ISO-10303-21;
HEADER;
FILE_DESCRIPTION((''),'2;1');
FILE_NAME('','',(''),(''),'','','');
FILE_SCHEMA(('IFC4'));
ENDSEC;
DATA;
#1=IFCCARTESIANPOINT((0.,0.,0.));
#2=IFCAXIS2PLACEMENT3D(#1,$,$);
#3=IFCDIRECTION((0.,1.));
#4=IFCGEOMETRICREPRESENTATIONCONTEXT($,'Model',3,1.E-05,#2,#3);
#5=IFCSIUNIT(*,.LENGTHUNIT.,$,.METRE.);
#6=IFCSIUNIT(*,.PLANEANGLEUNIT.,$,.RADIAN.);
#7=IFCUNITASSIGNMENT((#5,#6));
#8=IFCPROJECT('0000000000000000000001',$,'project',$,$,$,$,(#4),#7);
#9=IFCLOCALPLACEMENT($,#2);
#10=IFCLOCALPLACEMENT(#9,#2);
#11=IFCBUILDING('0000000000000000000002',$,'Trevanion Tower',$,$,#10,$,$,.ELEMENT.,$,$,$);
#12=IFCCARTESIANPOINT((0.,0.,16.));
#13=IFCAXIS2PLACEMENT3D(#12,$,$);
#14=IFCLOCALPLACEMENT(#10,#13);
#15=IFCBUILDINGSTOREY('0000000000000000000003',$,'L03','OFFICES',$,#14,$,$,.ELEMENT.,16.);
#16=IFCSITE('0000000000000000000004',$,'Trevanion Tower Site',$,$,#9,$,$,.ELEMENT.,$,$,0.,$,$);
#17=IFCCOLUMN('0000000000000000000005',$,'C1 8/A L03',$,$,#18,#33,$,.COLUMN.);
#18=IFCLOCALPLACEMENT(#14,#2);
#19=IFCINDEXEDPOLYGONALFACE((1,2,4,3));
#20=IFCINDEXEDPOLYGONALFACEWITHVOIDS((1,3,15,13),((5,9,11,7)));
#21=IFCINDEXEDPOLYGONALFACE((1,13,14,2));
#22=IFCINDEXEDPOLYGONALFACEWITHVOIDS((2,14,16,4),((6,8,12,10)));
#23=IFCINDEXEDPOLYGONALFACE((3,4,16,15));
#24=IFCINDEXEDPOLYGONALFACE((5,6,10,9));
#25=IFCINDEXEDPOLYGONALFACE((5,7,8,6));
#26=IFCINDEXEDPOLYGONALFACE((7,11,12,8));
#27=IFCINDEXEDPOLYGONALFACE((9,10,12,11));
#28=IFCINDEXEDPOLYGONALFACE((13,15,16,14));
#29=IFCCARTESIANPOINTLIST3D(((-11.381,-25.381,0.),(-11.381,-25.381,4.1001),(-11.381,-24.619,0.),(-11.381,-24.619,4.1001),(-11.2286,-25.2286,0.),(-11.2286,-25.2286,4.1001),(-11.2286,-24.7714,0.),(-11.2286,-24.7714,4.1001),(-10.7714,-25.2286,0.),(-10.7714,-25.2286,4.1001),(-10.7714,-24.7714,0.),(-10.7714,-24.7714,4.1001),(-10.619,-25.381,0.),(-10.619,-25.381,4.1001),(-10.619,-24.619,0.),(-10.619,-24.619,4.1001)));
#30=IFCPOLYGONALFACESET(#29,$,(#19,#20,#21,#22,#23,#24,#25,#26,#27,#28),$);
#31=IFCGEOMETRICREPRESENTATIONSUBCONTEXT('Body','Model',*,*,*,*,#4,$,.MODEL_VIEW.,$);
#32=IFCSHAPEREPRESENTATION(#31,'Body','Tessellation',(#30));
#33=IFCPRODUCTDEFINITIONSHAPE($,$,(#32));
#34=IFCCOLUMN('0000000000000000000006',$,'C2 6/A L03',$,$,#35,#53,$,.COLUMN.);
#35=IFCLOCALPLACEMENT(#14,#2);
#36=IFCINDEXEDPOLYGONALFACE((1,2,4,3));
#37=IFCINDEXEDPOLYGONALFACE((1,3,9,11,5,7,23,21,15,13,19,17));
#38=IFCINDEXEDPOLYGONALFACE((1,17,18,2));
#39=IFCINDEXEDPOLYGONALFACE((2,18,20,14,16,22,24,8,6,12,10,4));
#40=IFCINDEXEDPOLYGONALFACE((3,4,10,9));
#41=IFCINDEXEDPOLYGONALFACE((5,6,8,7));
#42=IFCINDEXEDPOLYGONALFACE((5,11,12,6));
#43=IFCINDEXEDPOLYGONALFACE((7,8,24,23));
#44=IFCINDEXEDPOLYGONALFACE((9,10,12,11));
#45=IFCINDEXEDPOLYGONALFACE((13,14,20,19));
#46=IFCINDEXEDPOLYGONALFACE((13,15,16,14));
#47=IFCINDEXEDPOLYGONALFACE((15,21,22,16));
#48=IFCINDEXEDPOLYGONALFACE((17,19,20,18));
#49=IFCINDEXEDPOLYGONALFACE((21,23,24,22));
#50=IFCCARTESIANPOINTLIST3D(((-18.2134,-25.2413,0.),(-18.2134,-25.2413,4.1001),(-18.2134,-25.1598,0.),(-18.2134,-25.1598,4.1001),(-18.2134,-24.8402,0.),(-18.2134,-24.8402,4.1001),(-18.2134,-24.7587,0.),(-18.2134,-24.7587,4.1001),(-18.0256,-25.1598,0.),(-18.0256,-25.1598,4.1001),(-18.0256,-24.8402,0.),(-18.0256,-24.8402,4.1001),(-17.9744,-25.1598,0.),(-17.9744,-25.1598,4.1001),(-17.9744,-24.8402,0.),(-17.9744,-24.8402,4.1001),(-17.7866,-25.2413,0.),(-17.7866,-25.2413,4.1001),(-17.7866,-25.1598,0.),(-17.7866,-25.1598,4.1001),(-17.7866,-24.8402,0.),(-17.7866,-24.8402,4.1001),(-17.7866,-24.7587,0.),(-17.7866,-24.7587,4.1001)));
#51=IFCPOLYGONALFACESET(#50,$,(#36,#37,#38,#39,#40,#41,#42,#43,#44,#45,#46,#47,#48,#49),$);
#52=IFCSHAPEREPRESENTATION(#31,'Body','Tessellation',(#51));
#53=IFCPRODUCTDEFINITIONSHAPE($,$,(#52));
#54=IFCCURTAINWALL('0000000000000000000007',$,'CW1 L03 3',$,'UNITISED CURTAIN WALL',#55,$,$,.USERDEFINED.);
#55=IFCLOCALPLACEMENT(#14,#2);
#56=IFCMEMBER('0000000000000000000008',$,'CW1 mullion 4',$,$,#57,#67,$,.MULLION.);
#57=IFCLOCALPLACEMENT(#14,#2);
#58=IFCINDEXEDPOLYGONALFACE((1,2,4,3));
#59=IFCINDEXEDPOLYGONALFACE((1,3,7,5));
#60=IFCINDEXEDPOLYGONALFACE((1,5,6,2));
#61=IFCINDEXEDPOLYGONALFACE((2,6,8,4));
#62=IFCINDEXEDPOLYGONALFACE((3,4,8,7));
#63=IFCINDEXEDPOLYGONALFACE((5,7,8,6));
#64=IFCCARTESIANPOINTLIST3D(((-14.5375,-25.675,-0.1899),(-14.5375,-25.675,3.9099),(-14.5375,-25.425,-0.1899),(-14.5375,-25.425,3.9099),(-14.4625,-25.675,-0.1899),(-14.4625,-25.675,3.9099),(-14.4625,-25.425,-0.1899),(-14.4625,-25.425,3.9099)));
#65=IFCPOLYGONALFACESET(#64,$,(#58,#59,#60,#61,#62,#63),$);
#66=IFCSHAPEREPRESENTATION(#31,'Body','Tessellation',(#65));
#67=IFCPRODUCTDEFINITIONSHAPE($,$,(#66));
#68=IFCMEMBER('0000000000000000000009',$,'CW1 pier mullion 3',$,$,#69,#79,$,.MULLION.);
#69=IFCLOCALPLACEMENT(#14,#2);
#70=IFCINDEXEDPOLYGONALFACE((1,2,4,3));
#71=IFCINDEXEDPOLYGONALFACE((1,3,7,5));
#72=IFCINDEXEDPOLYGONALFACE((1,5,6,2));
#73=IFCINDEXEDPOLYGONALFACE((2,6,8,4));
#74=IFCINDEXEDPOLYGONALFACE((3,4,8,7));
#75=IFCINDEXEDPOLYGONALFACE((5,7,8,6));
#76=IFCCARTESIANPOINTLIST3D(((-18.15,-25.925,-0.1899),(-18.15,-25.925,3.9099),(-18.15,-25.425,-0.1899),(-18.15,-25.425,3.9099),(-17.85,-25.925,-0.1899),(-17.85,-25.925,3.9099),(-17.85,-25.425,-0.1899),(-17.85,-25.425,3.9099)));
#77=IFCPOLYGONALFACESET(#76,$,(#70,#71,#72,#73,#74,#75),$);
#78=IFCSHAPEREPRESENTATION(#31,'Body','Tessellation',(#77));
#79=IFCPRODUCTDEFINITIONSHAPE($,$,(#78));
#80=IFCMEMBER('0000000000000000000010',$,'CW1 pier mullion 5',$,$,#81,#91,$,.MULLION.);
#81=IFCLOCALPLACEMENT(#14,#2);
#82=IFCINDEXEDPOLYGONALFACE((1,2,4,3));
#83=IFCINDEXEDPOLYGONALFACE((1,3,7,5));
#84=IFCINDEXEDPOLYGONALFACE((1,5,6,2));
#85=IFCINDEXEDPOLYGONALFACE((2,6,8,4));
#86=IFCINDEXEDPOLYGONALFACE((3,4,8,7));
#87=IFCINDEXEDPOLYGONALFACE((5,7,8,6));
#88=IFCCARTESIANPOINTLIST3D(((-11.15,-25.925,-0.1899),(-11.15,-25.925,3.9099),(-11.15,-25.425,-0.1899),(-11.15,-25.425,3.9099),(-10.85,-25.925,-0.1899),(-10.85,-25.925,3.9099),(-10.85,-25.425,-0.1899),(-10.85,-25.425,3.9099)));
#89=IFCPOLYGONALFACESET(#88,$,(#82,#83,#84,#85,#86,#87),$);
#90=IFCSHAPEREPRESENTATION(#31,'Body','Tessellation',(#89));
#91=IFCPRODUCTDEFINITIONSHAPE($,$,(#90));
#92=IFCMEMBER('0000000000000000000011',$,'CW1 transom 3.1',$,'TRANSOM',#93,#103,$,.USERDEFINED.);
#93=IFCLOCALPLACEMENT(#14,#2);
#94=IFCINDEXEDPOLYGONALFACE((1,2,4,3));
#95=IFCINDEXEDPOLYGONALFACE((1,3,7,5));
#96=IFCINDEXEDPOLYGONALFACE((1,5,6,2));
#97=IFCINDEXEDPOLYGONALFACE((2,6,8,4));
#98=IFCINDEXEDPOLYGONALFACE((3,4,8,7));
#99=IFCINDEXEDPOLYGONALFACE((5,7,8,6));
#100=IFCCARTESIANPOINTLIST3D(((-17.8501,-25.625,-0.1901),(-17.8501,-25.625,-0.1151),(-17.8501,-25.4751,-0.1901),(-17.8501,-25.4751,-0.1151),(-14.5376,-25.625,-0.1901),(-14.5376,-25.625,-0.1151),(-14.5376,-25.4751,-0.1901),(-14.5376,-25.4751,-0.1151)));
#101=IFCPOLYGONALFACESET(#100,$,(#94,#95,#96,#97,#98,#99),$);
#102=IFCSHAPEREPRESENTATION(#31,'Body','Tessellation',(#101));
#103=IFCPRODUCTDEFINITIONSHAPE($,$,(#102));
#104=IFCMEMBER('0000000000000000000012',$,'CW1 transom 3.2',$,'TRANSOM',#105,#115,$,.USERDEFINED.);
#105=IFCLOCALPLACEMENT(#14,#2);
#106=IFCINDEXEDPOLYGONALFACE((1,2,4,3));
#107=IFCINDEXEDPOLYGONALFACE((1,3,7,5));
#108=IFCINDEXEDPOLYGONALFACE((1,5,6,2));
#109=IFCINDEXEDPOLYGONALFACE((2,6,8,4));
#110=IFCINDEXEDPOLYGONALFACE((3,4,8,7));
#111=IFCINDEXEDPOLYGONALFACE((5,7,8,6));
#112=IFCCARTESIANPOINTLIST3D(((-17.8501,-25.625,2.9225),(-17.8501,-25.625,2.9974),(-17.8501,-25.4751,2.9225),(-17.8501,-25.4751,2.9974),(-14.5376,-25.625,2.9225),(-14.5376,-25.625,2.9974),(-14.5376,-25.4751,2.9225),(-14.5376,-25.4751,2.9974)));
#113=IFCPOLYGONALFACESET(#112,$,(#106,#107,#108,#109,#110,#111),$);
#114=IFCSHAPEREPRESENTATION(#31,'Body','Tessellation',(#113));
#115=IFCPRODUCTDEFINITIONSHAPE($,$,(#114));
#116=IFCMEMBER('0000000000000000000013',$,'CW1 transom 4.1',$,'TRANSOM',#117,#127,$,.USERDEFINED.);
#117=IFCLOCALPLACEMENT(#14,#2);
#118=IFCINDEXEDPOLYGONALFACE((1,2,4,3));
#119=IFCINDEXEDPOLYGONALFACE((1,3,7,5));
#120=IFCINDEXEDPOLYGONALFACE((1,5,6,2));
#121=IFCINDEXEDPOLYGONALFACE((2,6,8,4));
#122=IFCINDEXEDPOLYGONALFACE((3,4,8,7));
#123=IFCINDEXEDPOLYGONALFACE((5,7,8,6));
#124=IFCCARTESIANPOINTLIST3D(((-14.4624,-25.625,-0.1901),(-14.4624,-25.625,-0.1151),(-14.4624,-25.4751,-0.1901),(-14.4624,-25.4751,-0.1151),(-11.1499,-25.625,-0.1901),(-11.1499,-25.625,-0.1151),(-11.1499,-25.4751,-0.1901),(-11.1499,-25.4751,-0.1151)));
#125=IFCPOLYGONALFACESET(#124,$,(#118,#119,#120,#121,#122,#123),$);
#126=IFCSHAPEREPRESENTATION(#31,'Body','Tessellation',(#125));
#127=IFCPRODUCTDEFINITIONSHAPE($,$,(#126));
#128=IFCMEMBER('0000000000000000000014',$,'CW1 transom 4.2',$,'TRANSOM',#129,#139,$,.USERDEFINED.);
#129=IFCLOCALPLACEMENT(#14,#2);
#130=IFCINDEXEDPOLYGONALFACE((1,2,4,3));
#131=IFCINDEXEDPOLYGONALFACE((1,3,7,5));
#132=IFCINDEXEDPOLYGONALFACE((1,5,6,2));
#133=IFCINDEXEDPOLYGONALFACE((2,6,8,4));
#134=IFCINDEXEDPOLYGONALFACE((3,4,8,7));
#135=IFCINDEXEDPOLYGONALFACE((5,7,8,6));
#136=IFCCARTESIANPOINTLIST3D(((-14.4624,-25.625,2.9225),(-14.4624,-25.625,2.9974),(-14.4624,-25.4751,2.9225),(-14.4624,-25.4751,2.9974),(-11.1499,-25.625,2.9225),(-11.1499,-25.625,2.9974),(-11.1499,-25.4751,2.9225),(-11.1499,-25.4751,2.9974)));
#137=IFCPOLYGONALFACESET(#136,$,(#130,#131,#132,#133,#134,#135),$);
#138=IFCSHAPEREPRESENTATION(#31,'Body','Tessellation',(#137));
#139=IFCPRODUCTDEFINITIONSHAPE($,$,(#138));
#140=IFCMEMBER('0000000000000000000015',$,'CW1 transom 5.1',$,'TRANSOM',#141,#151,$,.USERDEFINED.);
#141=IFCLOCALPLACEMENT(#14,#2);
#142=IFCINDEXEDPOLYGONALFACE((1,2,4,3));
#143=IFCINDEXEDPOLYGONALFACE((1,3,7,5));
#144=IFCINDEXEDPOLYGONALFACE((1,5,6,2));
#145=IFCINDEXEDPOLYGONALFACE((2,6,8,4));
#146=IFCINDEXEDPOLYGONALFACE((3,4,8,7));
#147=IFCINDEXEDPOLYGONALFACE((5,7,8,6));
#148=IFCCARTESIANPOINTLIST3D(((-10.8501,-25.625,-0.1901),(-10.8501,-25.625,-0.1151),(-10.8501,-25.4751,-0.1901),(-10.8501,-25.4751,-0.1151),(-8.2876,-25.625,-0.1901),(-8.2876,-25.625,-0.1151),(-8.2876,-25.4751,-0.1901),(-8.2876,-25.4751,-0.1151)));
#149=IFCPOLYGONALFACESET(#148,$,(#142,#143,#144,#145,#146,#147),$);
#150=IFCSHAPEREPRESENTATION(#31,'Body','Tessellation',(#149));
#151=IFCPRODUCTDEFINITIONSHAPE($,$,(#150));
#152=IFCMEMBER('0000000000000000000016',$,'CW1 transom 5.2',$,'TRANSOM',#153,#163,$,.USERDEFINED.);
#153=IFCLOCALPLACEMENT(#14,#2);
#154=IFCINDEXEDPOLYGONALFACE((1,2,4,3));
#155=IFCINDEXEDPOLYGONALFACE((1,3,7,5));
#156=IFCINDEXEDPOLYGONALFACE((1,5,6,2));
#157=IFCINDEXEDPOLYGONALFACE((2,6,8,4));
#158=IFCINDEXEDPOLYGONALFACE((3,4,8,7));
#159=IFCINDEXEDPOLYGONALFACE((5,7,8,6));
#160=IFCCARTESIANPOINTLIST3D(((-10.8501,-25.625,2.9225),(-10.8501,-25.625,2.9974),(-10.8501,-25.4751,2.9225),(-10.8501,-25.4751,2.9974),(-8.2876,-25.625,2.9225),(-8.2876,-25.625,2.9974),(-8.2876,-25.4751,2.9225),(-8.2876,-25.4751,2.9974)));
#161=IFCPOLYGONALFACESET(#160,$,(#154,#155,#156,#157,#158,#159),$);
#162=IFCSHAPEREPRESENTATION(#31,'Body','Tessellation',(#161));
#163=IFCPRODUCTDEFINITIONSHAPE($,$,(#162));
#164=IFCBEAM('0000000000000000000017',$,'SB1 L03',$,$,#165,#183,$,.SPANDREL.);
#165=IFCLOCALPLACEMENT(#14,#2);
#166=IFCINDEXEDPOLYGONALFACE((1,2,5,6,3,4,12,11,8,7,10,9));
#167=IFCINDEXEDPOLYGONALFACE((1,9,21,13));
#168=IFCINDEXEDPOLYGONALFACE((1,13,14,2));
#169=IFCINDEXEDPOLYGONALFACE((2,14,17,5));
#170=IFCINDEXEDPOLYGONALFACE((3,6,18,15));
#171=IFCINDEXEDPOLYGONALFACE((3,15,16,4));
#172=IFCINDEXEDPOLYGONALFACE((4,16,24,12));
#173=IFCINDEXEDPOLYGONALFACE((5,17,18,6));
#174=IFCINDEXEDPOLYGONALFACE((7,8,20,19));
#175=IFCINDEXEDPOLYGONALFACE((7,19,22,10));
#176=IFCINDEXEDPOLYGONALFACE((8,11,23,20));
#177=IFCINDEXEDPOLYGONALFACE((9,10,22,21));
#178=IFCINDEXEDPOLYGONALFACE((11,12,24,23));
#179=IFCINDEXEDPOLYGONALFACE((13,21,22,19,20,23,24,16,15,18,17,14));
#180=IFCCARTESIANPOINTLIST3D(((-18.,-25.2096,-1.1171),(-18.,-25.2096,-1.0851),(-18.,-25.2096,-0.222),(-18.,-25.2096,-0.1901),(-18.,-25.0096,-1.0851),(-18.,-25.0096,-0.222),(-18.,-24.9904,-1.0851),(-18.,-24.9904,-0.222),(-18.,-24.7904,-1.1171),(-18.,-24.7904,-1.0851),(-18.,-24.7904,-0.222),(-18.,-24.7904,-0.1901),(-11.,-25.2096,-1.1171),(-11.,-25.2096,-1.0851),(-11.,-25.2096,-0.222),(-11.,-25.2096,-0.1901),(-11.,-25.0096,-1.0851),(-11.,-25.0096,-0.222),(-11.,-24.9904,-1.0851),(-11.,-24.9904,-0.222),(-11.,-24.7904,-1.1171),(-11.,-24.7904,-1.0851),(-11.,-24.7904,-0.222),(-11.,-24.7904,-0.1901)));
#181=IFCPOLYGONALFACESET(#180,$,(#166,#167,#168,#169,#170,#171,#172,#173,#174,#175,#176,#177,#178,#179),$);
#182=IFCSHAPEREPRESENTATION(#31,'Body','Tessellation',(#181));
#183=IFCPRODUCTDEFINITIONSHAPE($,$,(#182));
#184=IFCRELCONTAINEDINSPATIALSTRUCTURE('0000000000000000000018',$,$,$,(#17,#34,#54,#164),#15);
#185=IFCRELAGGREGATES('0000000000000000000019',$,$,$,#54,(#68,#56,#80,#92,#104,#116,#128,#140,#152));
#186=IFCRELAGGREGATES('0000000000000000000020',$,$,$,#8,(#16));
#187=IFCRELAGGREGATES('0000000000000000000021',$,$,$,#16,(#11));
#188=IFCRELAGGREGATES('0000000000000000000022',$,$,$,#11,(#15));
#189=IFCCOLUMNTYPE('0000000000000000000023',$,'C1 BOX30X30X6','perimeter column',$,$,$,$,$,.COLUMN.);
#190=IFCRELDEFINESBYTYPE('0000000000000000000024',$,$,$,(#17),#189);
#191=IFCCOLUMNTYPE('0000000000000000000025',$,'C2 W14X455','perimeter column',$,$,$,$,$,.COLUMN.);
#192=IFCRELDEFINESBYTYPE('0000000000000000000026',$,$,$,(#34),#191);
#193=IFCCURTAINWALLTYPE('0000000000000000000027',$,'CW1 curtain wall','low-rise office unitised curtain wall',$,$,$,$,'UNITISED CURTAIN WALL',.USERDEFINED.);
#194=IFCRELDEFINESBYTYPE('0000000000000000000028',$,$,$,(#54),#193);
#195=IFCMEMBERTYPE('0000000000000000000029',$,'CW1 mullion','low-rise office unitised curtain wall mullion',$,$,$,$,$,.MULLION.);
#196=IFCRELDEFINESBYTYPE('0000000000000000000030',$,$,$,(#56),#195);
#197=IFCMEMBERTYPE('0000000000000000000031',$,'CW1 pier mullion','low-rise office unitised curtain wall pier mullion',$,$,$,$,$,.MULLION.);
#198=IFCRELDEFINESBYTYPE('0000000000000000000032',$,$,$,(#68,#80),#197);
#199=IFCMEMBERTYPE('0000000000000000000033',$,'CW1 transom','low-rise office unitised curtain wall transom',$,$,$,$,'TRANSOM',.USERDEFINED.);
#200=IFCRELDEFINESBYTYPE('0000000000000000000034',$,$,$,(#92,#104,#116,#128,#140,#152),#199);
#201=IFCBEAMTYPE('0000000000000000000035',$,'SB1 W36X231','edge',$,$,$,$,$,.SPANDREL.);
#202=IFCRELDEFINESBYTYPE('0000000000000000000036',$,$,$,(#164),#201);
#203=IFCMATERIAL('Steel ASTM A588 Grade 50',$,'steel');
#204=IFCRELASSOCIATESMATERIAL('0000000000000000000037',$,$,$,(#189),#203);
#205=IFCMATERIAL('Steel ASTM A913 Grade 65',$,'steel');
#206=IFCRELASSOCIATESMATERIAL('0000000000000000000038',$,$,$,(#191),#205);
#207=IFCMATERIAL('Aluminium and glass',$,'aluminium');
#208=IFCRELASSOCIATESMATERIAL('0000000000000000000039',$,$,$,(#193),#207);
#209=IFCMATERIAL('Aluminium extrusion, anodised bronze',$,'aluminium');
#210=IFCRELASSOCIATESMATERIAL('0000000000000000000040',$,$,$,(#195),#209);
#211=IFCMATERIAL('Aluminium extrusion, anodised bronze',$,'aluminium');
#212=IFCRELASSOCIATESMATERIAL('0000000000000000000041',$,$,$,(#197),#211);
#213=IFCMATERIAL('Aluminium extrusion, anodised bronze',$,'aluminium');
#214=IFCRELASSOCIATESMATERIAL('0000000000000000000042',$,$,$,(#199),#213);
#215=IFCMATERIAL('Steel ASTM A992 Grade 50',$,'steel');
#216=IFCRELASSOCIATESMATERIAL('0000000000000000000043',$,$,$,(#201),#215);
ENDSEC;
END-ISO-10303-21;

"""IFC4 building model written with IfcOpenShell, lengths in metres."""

from ifc_helpers import new_model, si_unit, direction, frame, origin, origin_2d, place, context, subcontext, project, spatial, rectangle, hollow_rectangle, i_section, extrude, material, material_profile, profile_set, type_object, element, aggregate, save


model = new_model("IFC4")

# Units and contexts
model_context = context("Model", 3, precision=1e-05, world=origin(), true_north=direction((0.0, 1.0)))
body_context = subcontext(model_context, "Body", "Model", "MODEL_VIEW")
ifc_project = project(units=[si_unit("LENGTHUNIT", "METRE"), si_unit("PLANEANGLEUNIT", "RADIAN")], contexts=[model_context])

# Site, building, storey
site_placement = place(None, origin())
site = spatial("IfcSite", under=ifc_project, at=site_placement, Name="Trevanion Tower Site", CompositionType="ELEMENT", RefElevation=0.0)
building_placement = place(site_placement, origin())
building = spatial("IfcBuilding", under=site, at=building_placement, Name="Trevanion Tower", CompositionType="ELEMENT")
storey_placement = place(building_placement, frame((0.0, 0.0, 16.0)))
storey = spatial("IfcBuildingStorey", under=building, at=storey_placement, Name="L03", Description="OFFICES", CompositionType="ELEMENT", Elevation=16.0)

# Columns
ifc_material_1 = material(Name="Steel ASTM A588 Grade 50", Category="steel")
ifc_material_profile_1 = material_profile(ifc_material_1, hollow_rectangle(XDim=0.762, YDim=0.762, WallThickness=0.1523, at=origin_2d()), Name="BOX30X30X6")
ifc_profile_set_1 = profile_set([ifc_material_profile_1], Name="Steel ASTM A588 Grade 50")
column_type_1 = type_object("IfcColumnType", Name="C1 BOX30X30X6", Description="perimeter column", PredefinedType="COLUMN", material=ifc_profile_set_1)
column_1_placement = place(storey_placement, frame((-11.0, -25.0, 0.0), z_axis=(0.0, 0.0, 1.0), x_axis=(1.0, 0.0, 0.0)))
element("IfcColumn", 1, at=column_1_placement, inside=storey, type_object=column_type_1, Name="C1 8/A L03", PredefinedType="COLUMN", context=body_context, shape_type="SweptSolid", body=[
    extrude(hollow_rectangle(XDim=0.762, YDim=0.762, WallThickness=0.1523, at=origin_2d()), origin(), (0.0, 0.0, 1.0), 4.1001),
])
ifc_material_2 = material(Name="Steel ASTM A913 Grade 65", Category="steel")
ifc_material_profile_2 = material_profile(ifc_material_2, i_section(OverallWidth=0.4268, OverallDepth=0.4827, WebThickness=0.0513, FlangeThickness=0.0815, at=origin_2d()), Name="W14X455")
ifc_profile_set_2 = profile_set([ifc_material_profile_2], Name="Steel ASTM A913 Grade 65")
column_type_2 = type_object("IfcColumnType", Name="C2 W14X455", Description="perimeter column", PredefinedType="COLUMN", material=ifc_profile_set_2)
column_2_placement = place(storey_placement, frame((-18.0, -25.0, 0.0), z_axis=(0.0, 0.0, 1.0), x_axis=(1.0, 0.0, 0.0)))
element("IfcColumn", 2, at=column_2_placement, inside=storey, type_object=column_type_2, Name="C2 6/A L03", PredefinedType="COLUMN", context=body_context, shape_type="SweptSolid", body=[
    extrude(i_section(OverallWidth=0.4268, OverallDepth=0.4827, WebThickness=0.0513, FlangeThickness=0.0815, at=origin_2d()), origin(), (0.0, 0.0, 1.0), 4.1001),
])

# Curtain wall, members
ifc_material_3 = material(Name="Aluminium and glass", Category="aluminium")
curtain_wall_type = type_object("IfcCurtainWallType", Name="CW1 curtain wall", Description="low-rise office unitised curtain wall", ElementType="UNITISED CURTAIN WALL", PredefinedType="USERDEFINED", material=ifc_material_3)
curtain_wall_placement = place(storey_placement, origin())
curtain_wall = element("IfcCurtainWall", 3, at=curtain_wall_placement, inside=storey, type_object=curtain_wall_type, Name="CW1 L03 3", ObjectType="UNITISED CURTAIN WALL", PredefinedType="USERDEFINED")
ifc_material_4 = material(Name="Aluminium extrusion, anodised bronze", Category="aluminium")
ifc_material_profile_3 = material_profile(ifc_material_4, rectangle(XDim=0.075, YDim=0.25, at=origin_2d()), Name="CW1 mullion")
ifc_profile_set_3 = profile_set([ifc_material_profile_3], Name="Aluminium extrusion, anodised bronze")
member_type_1 = type_object("IfcMemberType", Name="CW1 mullion", Description="low-rise office unitised curtain wall mullion", PredefinedType="MULLION", material=ifc_profile_set_3)
member_1_placement = place(storey_placement, frame((-14.5, -25.55, -0.1899), z_axis=(0.0, 0.0, 1.0), x_axis=(1.0, 0.0, 0.0)))
member_1 = element("IfcMember", 4, at=member_1_placement, type_object=member_type_1, Name="CW1 mullion 4", PredefinedType="MULLION", context=body_context, shape_type="SweptSolid", body=[
    extrude(rectangle(XDim=0.075, YDim=0.25, at=origin_2d()), origin(), (0.0, 0.0, 1.0), 4.0999),
])
ifc_material_5 = material(Name="Aluminium extrusion, anodised bronze", Category="aluminium")
ifc_material_profile_4 = material_profile(ifc_material_5, rectangle(XDim=0.3, YDim=0.5, at=origin_2d()), Name="CW1 pier mullion")
ifc_profile_set_4 = profile_set([ifc_material_profile_4], Name="Aluminium extrusion, anodised bronze")
member_type_2 = type_object("IfcMemberType", Name="CW1 pier mullion", Description="low-rise office unitised curtain wall pier mullion", PredefinedType="MULLION", material=ifc_profile_set_4)
member_2_placement = place(storey_placement, frame((-18.0, -25.675, -0.1899), z_axis=(0.0, 0.0, 1.0), x_axis=(1.0, 0.0, 0.0)))
member_2 = element("IfcMember", 5, at=member_2_placement, type_object=member_type_2, Name="CW1 pier mullion 3", PredefinedType="MULLION", context=body_context, shape_type="SweptSolid", body=[
    extrude(rectangle(XDim=0.3, YDim=0.5, at=origin_2d()), origin(), (0.0, 0.0, 1.0), 4.0999),
])
member_3_placement = place(storey_placement, frame((-11.0, -25.675, -0.1899), z_axis=(0.0, 0.0, 1.0), x_axis=(1.0, 0.0, 0.0)))
member_3 = element("IfcMember", 6, at=member_3_placement, type_object=member_type_2, Name="CW1 pier mullion 5", PredefinedType="MULLION", context=body_context, shape_type="SweptSolid", body=[
    extrude(rectangle(XDim=0.3, YDim=0.5, at=origin_2d()), origin(), (0.0, 0.0, 1.0), 4.0999),
])
ifc_material_6 = material(Name="Aluminium extrusion, anodised bronze", Category="aluminium")
ifc_material_profile_5 = material_profile(ifc_material_6, rectangle(XDim=0.1499, YDim=0.075, at=origin_2d()), Name="CW1 transom")
ifc_profile_set_5 = profile_set([ifc_material_profile_5], Name="Aluminium extrusion, anodised bronze")
member_type_3 = type_object("IfcMemberType", Name="CW1 transom", Description="low-rise office unitised curtain wall transom", ElementType="TRANSOM", PredefinedType="USERDEFINED", material=ifc_profile_set_5)
member_4_placement = place(storey_placement, frame((-17.8501, -25.55, -0.1526), z_axis=(1.0, 0.0, 0.0), x_axis=(0.0, 1.0, 0.0)))
member_4 = element("IfcMember", 7, at=member_4_placement, type_object=member_type_3, Name="CW1 transom 3.1", ObjectType="TRANSOM", PredefinedType="USERDEFINED", context=body_context, shape_type="SweptSolid", body=[
    extrude(rectangle(XDim=0.1499, YDim=0.075, at=origin_2d()), origin(), (0.0, 0.0, 1.0), 3.3125),
])
member_5_placement = place(storey_placement, frame((-17.8501, -25.55, 2.96), z_axis=(1.0, 0.0, 0.0), x_axis=(0.0, 1.0, 0.0)))
member_5 = element("IfcMember", 8, at=member_5_placement, type_object=member_type_3, Name="CW1 transom 3.2", ObjectType="TRANSOM", PredefinedType="USERDEFINED", context=body_context, shape_type="SweptSolid", body=[
    extrude(rectangle(XDim=0.1499, YDim=0.075, at=origin_2d()), origin(), (0.0, 0.0, 1.0), 3.3125),
])
member_6_placement = place(storey_placement, frame((-14.4624, -25.55, -0.1526), z_axis=(1.0, 0.0, 0.0), x_axis=(0.0, 1.0, 0.0)))
member_6 = element("IfcMember", 9, at=member_6_placement, type_object=member_type_3, Name="CW1 transom 4.1", ObjectType="TRANSOM", PredefinedType="USERDEFINED", context=body_context, shape_type="SweptSolid", body=[
    extrude(rectangle(XDim=0.1499, YDim=0.075, at=origin_2d()), origin(), (0.0, 0.0, 1.0), 3.3125),
])
member_7_placement = place(storey_placement, frame((-14.4624, -25.55, 2.96), z_axis=(1.0, 0.0, 0.0), x_axis=(0.0, 1.0, 0.0)))
member_7 = element("IfcMember", 10, at=member_7_placement, type_object=member_type_3, Name="CW1 transom 4.2", ObjectType="TRANSOM", PredefinedType="USERDEFINED", context=body_context, shape_type="SweptSolid", body=[
    extrude(rectangle(XDim=0.1499, YDim=0.075, at=origin_2d()), origin(), (0.0, 0.0, 1.0), 3.3125),
])
member_8_placement = place(storey_placement, frame((-10.8501, -25.55, -0.1526), z_axis=(1.0, 0.0, 0.0), x_axis=(0.0, 1.0, 0.0)))
member_8 = element("IfcMember", 11, at=member_8_placement, type_object=member_type_3, Name="CW1 transom 5.1", ObjectType="TRANSOM", PredefinedType="USERDEFINED", context=body_context, shape_type="SweptSolid", body=[
    extrude(rectangle(XDim=0.1499, YDim=0.075, at=origin_2d()), origin(), (0.0, 0.0, 1.0), 2.5625),
])
member_9_placement = place(storey_placement, frame((-10.8501, -25.55, 2.96), z_axis=(1.0, 0.0, 0.0), x_axis=(0.0, 1.0, 0.0)))
member_9 = element("IfcMember", 12, at=member_9_placement, type_object=member_type_3, Name="CW1 transom 5.2", ObjectType="TRANSOM", PredefinedType="USERDEFINED", context=body_context, shape_type="SweptSolid", body=[
    extrude(rectangle(XDim=0.1499, YDim=0.075, at=origin_2d()), origin(), (0.0, 0.0, 1.0), 2.5625),
])

# Beam
ifc_material_7 = material(Name="Steel ASTM A992 Grade 50", Category="steel")
ifc_material_profile_6 = material_profile(ifc_material_7, i_section(OverallWidth=0.4192, OverallDepth=0.927, WebThickness=0.0193, FlangeThickness=0.032, at=origin_2d()), Name="W36X231")
ifc_profile_set_6 = profile_set([ifc_material_profile_6], Name="Steel ASTM A992 Grade 50")
beam_type = type_object("IfcBeamType", Name="SB1 W36X231", Description="edge", PredefinedType="SPANDREL", material=ifc_profile_set_6)
beam_1_placement = place(storey_placement, frame((-18.0, -25.0, -0.6536), z_axis=(1.0, 0.0, 0.0), x_axis=(0.0, 1.0, 0.0)))
element("IfcBeam", 13, at=beam_1_placement, inside=storey, type_object=beam_type, Name="SB1 L03", PredefinedType="SPANDREL", context=body_context, shape_type="SweptSolid", body=[
    extrude(i_section(OverallWidth=0.4192, OverallDepth=0.927, WebThickness=0.0193, FlangeThickness=0.032, at=origin_2d()), origin(), (0.0, 0.0, 1.0), 7.0),
])

aggregate(curtain_wall, [member_2, member_1, member_3, member_4, member_5, member_6, member_7, member_8, member_9])

save(model, "model.ifc")
